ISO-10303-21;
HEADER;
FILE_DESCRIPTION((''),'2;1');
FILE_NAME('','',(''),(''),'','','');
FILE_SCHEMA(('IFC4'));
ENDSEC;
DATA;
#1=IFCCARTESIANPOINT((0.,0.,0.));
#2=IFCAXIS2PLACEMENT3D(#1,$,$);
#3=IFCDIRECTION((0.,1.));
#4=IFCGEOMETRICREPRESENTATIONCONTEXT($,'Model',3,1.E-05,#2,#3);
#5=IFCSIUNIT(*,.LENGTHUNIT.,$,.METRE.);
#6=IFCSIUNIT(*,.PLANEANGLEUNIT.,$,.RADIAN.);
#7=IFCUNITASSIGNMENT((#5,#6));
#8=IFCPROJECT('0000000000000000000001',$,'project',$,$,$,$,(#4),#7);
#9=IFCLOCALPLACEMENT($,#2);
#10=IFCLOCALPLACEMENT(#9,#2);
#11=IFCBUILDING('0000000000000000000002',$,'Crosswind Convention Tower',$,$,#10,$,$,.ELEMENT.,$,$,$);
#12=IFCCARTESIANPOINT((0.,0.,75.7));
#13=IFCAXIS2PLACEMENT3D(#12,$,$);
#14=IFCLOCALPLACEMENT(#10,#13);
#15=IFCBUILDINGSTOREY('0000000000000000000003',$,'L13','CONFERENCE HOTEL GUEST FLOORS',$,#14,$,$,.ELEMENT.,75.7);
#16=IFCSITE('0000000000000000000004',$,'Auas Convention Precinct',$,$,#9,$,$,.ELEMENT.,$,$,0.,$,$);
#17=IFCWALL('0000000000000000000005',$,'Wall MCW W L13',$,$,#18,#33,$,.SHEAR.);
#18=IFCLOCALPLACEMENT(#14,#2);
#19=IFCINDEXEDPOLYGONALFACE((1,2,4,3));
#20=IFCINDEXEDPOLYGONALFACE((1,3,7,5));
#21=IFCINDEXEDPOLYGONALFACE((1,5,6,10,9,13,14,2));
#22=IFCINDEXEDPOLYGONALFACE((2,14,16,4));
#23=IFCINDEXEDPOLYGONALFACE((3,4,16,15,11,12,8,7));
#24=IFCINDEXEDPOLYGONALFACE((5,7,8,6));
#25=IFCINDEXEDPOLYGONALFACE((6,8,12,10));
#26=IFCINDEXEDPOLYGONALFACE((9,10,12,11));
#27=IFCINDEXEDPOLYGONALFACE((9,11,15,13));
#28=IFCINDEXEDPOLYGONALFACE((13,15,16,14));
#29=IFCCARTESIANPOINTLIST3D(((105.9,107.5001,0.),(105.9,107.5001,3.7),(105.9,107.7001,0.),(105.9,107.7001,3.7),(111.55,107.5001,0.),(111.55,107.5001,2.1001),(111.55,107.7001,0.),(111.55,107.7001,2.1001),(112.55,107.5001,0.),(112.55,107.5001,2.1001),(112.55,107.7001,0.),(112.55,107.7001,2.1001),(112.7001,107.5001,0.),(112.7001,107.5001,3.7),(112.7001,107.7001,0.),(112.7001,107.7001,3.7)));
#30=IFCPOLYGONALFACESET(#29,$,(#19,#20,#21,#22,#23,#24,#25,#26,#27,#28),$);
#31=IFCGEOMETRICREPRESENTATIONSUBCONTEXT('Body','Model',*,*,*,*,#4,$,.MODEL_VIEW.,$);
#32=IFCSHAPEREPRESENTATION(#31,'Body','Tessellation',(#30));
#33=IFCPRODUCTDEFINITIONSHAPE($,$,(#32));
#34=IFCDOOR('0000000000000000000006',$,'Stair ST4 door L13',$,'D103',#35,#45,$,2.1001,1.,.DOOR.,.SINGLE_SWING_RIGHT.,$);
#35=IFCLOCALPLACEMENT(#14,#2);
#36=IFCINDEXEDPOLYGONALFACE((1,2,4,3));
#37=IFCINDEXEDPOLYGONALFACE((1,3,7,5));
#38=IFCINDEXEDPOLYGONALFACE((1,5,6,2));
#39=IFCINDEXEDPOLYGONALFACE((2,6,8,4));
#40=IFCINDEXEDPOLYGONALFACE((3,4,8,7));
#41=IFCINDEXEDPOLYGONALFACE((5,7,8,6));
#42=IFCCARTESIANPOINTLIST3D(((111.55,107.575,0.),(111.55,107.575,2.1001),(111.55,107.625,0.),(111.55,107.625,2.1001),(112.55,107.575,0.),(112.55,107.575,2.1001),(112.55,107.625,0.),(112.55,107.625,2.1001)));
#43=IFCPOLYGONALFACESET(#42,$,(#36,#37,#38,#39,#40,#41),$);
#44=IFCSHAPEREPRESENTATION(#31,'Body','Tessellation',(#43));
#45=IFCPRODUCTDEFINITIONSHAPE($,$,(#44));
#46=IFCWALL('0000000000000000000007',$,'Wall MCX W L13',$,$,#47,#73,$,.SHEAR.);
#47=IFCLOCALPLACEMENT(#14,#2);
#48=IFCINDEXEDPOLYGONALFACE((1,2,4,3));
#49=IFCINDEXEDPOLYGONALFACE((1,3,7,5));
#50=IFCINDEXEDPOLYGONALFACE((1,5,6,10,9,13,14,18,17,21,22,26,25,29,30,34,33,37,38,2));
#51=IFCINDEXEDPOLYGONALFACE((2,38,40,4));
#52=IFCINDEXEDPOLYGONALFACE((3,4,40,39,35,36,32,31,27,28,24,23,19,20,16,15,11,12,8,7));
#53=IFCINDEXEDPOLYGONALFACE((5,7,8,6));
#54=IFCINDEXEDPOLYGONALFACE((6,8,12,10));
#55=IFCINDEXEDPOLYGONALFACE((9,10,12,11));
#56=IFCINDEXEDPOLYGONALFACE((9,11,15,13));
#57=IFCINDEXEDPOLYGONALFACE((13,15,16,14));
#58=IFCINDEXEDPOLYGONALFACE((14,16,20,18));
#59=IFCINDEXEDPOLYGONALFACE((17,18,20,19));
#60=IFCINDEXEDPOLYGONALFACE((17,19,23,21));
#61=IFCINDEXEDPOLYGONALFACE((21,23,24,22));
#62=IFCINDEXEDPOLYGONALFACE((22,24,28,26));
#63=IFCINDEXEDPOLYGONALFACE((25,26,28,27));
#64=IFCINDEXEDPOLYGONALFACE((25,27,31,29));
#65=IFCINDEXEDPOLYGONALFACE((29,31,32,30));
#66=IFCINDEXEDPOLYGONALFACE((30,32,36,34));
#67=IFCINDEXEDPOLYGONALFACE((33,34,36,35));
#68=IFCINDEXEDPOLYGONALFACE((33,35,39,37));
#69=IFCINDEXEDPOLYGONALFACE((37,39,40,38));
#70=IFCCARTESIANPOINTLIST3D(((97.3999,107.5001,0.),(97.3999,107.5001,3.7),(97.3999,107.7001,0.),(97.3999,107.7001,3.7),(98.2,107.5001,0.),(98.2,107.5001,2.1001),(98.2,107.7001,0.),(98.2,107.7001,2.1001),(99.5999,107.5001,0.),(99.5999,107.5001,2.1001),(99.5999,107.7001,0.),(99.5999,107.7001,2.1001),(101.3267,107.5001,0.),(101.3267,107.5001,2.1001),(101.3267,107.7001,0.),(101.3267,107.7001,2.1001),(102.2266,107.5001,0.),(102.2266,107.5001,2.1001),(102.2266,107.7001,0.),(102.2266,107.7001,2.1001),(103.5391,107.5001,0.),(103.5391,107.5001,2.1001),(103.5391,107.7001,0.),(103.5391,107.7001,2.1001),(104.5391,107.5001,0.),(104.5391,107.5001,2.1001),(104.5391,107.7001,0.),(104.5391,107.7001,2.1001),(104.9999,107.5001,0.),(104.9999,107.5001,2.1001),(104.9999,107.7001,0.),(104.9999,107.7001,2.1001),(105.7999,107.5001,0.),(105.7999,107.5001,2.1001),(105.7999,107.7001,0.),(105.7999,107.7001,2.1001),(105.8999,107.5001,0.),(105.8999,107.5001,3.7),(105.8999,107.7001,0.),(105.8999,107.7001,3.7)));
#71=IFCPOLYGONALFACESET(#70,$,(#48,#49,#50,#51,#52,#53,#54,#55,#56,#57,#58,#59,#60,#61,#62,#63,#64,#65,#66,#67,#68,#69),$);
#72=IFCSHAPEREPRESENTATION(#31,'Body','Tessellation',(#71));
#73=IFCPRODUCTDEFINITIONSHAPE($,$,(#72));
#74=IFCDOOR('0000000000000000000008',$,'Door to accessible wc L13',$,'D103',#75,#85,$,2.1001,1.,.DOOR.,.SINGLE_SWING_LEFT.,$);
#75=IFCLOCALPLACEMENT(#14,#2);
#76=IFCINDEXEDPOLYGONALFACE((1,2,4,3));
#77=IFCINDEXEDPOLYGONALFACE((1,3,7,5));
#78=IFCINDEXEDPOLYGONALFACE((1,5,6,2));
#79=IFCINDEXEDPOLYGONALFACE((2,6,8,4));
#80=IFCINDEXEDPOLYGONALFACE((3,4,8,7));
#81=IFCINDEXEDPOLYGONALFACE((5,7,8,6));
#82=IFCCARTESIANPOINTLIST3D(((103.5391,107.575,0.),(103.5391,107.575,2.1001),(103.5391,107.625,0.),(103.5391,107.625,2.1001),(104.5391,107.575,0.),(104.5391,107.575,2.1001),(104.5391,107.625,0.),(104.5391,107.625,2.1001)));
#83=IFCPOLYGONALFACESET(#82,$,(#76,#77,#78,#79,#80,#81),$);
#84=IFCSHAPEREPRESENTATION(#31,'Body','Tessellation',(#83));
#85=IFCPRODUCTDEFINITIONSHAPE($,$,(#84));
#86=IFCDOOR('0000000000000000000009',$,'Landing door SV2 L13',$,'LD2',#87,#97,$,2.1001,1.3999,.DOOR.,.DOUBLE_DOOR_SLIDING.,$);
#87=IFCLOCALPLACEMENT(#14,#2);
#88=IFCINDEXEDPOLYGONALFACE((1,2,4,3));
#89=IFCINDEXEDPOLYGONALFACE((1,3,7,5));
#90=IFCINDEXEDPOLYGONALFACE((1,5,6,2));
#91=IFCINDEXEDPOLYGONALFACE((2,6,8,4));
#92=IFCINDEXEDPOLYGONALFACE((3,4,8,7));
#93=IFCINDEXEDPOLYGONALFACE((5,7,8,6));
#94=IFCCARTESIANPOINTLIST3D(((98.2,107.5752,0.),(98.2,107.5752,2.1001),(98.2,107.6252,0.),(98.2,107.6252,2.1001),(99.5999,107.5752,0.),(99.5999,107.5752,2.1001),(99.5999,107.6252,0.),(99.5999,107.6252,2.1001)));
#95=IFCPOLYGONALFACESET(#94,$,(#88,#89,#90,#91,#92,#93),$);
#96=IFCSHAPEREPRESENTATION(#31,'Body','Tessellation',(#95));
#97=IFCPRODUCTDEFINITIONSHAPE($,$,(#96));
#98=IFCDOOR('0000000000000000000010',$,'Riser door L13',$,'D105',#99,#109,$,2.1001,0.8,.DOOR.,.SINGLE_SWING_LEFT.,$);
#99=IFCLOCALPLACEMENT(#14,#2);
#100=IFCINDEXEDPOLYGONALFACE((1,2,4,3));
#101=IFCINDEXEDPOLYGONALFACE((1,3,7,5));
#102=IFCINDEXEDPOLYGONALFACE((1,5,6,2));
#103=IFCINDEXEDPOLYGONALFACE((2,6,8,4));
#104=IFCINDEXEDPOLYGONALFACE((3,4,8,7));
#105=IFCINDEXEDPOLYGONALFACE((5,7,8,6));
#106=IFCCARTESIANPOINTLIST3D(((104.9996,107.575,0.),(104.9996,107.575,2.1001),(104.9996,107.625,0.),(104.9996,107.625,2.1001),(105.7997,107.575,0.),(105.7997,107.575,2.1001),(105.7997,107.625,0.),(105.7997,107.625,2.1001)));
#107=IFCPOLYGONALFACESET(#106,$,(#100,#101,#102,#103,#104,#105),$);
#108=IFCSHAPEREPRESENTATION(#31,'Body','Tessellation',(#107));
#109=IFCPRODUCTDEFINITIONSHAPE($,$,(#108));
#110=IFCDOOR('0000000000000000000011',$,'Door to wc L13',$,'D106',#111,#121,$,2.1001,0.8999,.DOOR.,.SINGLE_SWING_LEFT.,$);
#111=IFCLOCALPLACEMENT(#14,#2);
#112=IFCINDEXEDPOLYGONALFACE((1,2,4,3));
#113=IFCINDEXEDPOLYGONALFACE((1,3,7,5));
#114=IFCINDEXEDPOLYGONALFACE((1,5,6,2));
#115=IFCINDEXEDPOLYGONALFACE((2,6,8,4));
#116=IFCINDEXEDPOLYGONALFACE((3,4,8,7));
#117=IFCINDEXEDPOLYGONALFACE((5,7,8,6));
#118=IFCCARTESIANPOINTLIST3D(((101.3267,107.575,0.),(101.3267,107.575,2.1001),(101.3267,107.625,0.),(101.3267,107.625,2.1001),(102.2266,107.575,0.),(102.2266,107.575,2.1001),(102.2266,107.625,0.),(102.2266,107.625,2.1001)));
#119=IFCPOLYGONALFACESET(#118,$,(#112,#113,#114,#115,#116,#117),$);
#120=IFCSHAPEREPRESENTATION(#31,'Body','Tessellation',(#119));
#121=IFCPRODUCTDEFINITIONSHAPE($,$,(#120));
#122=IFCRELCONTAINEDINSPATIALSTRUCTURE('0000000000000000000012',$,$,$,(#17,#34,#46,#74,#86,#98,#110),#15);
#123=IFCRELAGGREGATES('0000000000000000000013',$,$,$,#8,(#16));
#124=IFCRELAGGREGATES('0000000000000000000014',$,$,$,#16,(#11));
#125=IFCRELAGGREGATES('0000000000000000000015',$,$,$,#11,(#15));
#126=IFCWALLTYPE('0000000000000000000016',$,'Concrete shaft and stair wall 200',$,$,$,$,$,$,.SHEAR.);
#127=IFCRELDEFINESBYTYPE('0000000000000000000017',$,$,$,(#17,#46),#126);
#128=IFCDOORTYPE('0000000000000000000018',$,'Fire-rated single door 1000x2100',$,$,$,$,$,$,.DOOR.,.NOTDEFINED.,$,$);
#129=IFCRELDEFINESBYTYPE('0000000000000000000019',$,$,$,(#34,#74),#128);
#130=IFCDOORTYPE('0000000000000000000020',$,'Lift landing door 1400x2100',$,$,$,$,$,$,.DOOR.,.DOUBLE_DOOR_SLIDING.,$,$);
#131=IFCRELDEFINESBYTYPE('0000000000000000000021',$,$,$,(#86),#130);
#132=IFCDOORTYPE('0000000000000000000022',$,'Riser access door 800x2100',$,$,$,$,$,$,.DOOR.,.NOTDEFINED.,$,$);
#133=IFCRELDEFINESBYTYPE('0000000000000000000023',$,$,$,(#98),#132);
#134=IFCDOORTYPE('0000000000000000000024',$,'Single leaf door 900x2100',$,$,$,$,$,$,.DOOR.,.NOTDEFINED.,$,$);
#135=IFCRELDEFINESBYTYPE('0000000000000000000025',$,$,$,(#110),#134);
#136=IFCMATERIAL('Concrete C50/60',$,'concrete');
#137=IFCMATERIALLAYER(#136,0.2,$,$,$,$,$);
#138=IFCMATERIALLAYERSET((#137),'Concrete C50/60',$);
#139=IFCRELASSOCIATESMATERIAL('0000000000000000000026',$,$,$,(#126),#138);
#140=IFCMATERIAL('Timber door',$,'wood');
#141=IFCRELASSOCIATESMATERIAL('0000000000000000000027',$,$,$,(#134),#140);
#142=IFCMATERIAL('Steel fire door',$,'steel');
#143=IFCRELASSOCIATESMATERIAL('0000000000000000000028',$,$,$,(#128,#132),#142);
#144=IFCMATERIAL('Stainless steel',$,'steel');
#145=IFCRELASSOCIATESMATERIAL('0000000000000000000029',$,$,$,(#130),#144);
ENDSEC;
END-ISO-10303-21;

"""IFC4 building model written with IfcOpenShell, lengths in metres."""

from ifc_helpers import new_model, si_unit, direction, frame, frame_2d, origin, place, context, subcontext, project, spatial, rectangle, extrude, material, layer, layer_set, type_object, element, fill, save


model = new_model("IFC4")

# Units and contexts
model_context = context("Model", 3, precision=1e-05, world=origin(), true_north=direction((0.0, 1.0)))
body_context = subcontext(model_context, "Body", "Model", "MODEL_VIEW")
ifc_project = project(units=[si_unit("LENGTHUNIT", "METRE"), si_unit("PLANEANGLEUNIT", "RADIAN")], contexts=[model_context])

# Site, building, storey
site_placement = place(None, origin())
site = spatial("IfcSite", under=ifc_project, at=site_placement, Name="Auas Convention Precinct", CompositionType="ELEMENT", RefElevation=0.0)
building_placement = place(site_placement, origin())
building = spatial("IfcBuilding", under=site, at=building_placement, Name="Crosswind Convention Tower", CompositionType="ELEMENT")
storey_placement = place(building_placement, frame((0.0, 0.0, 75.7)))
storey = spatial("IfcBuildingStorey", under=building, at=storey_placement, Name="L13", Description="CONFERENCE HOTEL GUEST FLOORS", CompositionType="ELEMENT", Elevation=75.7)

# Shared definitions
ifc_material_1 = material(Name="Concrete C50/60", Category="concrete")
ifc_layer_1 = layer(ifc_material_1, 0.2)
ifc_layer_set_1 = layer_set([ifc_layer_1], Name="Concrete C50/60")
wall_type_1 = type_object("IfcWallType", Name="Concrete shaft and stair wall 200", PredefinedType="SHEAR", material=ifc_layer_set_1)
ifc_material_2 = material(Name="Timber door", Category="wood")
door_type_1 = type_object("IfcDoorType", Name="Single leaf door 900x2100", OperationType="NOTDEFINED", PredefinedType="DOOR", material=ifc_material_2)

# Wall, opening, door
ifc_material_3 = material(Name="Steel fire door", Category="steel")
wall_1_placement = place(storey_placement, frame((112.7, 107.6001, 0.0), z_axis=(0.0, 0.0, 1.0), x_axis=(-1.0, 0.0, 0.0)))
wall_1 = element("IfcWall", 1, at=wall_1_placement, inside=storey, type_object=wall_type_1, Name="Wall MCW W L13", PredefinedType="SHEAR", context=body_context, shape_type="SweptSolid", body=[
    extrude(rectangle(XDim=6.8, YDim=0.2, at=frame_2d((3.3999, 0.0))), origin(), (0.0, 0.0, 1.0), 3.7),
])
opening_1_placement = place(wall_1_placement, frame((0.1499, 0.0, 0.0)))
opening_1 = element("IfcOpeningElement", 2, at=opening_1_placement, cuts=wall_1, PredefinedType="OPENING", context=body_context, shape_type="SweptSolid", body=[
    extrude(rectangle(XDim=1.0, YDim=2.1001, at=frame_2d((0.5, 1.05))), frame((0.0, 0.1099, 0.0), z_axis=(0.0, -1.0, 0.0), x_axis=(1.0, 0.0, 0.0)), (0.0, 0.0, 1.0), 0.22),
])
door_type_2 = type_object("IfcDoorType", Name="Fire-rated single door 1000x2100", OperationType="NOTDEFINED", PredefinedType="DOOR", material=ifc_material_3)
door_1_placement = place(opening_1_placement, frame((1.0, 0.0, 0.0), z_axis=(0.0, 0.0, 1.0), x_axis=(-1.0, 0.0, 0.0)))
door_1 = element("IfcDoor", 3, at=door_1_placement, inside=storey, type_object=door_type_2, Name="Stair ST4 door L13", ObjectType="D103", OperationType="SINGLE_SWING_RIGHT", OverallHeight=2.1001, OverallWidth=1.0, PredefinedType="DOOR", context=body_context, shape_type="SweptSolid", body=[
    extrude(rectangle(XDim=1.0, YDim=2.1001, at=frame_2d((0.5, 1.05))), frame((0.0, 0.0249, 0.0), z_axis=(0.0, -1.0, 0.0), x_axis=(1.0, 0.0, 0.0)), (0.0, 0.0, 1.0), 0.05),
])
fill(opening_1, door_1)

# Wall, openings, doors
wall_2_placement = place(storey_placement, frame((105.8999, 107.6001, 0.0), z_axis=(0.0, 0.0, 1.0), x_axis=(-1.0, 0.0, 0.0)))
wall_2 = element("IfcWall", 4, at=wall_2_placement, inside=storey, type_object=wall_type_1, Name="Wall MCX W L13", PredefinedType="SHEAR", context=body_context, shape_type="SweptSolid", body=[
    extrude(rectangle(XDim=8.5, YDim=0.2, at=frame_2d((4.25, 0.0))), origin(), (0.0, 0.0, 1.0), 3.7),
])
opening_2_placement = place(wall_2_placement, frame((0.1001, 0.0, 0.0)))
opening_2 = element("IfcOpeningElement", 5, at=opening_2_placement, cuts=wall_2, PredefinedType="OPENING", context=body_context, shape_type="SweptSolid", body=[
    extrude(rectangle(XDim=0.8, YDim=2.1001, at=frame_2d((0.3999, 1.05))), frame((0.0, 0.1099, 0.0), z_axis=(0.0, -1.0, 0.0), x_axis=(1.0, 0.0, 0.0)), (0.0, 0.0, 1.0), 0.22),
])
opening_3_placement = place(wall_2_placement, frame((1.3608, 0.0, 0.0)))
opening_3 = element("IfcOpeningElement", 6, at=opening_3_placement, cuts=wall_2, PredefinedType="OPENING", context=body_context, shape_type="SweptSolid", body=[
    extrude(rectangle(XDim=1.0, YDim=2.1001, at=frame_2d((0.5, 1.05))), frame((0.0, 0.1099, 0.0), z_axis=(0.0, -1.0, 0.0), x_axis=(1.0, 0.0, 0.0)), (0.0, 0.0, 1.0), 0.22),
])
opening_4_placement = place(wall_2_placement, frame((3.6733, 0.0, 0.0)))
opening_4 = element("IfcOpeningElement", 7, at=opening_4_placement, cuts=wall_2, PredefinedType="OPENING", context=body_context, shape_type="SweptSolid", body=[
    extrude(rectangle(XDim=0.8999, YDim=2.1001, at=frame_2d((0.45, 1.05))), frame((0.0, 0.1099, 0.0), z_axis=(0.0, -1.0, 0.0), x_axis=(1.0, 0.0, 0.0)), (0.0, 0.0, 1.0), 0.22),
])
opening_5_placement = place(wall_2_placement, frame((6.3, 0.0, 0.0)))
opening_5 = element("IfcOpeningElement", 8, at=opening_5_placement, cuts=wall_2, PredefinedType="OPENING", context=body_context, shape_type="SweptSolid", body=[
    extrude(rectangle(XDim=1.3999, YDim=2.1001, at=frame_2d((0.7, 1.05))), frame((0.0, 0.1099, 0.0), z_axis=(0.0, -1.0, 0.0), x_axis=(1.0, 0.0, 0.0)), (0.0, 0.0, 1.0), 0.22),
])
door_2_placement = place(opening_3_placement, frame((1.0, 0.0, 0.0), z_axis=(0.0, 0.0, 1.0), x_axis=(-1.0, 0.0, 0.0)))
door_2 = element("IfcDoor", 9, at=door_2_placement, inside=storey, type_object=door_type_2, Name="Door to accessible wc L13", ObjectType="D103", OperationType="SINGLE_SWING_LEFT", OverallHeight=2.1001, OverallWidth=1.0, PredefinedType="DOOR", context=body_context, shape_type="SweptSolid", body=[
    extrude(rectangle(XDim=1.0, YDim=2.1001, at=frame_2d((0.5, 1.05))), frame((0.0, 0.0249, 0.0), z_axis=(0.0, -1.0, 0.0), x_axis=(1.0, 0.0, 0.0)), (0.0, 0.0, 1.0), 0.05),
])
fill(opening_3, door_2)
ifc_material_4 = material(Name="Stainless steel", Category="steel")
door_type_3 = type_object("IfcDoorType", Name="Lift landing door 1400x2100", OperationType="DOUBLE_DOOR_SLIDING", PredefinedType="DOOR", material=ifc_material_4)
door_3_placement = place(opening_5_placement, origin())
door_3 = element("IfcDoor", 10, at=door_3_placement, inside=storey, type_object=door_type_3, Name="Landing door SV2 L13", ObjectType="LD2", OperationType="DOUBLE_DOOR_SLIDING", OverallHeight=2.1001, OverallWidth=1.3999, PredefinedType="DOOR", context=body_context, shape_type="SweptSolid", body=[
    extrude(rectangle(XDim=1.3999, YDim=2.1001, at=frame_2d((0.7, 1.05))), frame((0.0, 0.0249, 0.0), z_axis=(0.0, -1.0, 0.0), x_axis=(1.0, 0.0, 0.0)), (0.0, 0.0, 1.0), 0.05),
])
fill(opening_5, door_3)
door_type_4 = type_object("IfcDoorType", Name="Riser access door 800x2100", OperationType="NOTDEFINED", PredefinedType="DOOR", material=ifc_material_3)
door_4_placement = place(opening_2_placement, frame((0.8, 0.0, 0.0), z_axis=(0.0, 0.0, 1.0), x_axis=(-1.0, 0.0, 0.0)))
door_4 = element("IfcDoor", 11, at=door_4_placement, inside=storey, type_object=door_type_4, Name="Riser door L13", ObjectType="D105", OperationType="SINGLE_SWING_LEFT", OverallHeight=2.1001, OverallWidth=0.8, PredefinedType="DOOR", context=body_context, shape_type="SweptSolid", body=[
    extrude(rectangle(XDim=0.8, YDim=2.1001, at=frame_2d((0.3999, 1.05))), frame((0.0, 0.0249, 0.0), z_axis=(0.0, -1.0, 0.0), x_axis=(1.0, 0.0, 0.0)), (0.0, 0.0, 1.0), 0.05),
])
fill(opening_2, door_4)
door_5_placement = place(opening_4_placement, frame((0.8999, 0.0, 0.0), z_axis=(0.0, 0.0, 1.0), x_axis=(-1.0, 0.0, 0.0)))
door_5 = element("IfcDoor", 12, at=door_5_placement, inside=storey, type_object=door_type_1, Name="Door to wc L13", ObjectType="D106", OperationType="SINGLE_SWING_LEFT", OverallHeight=2.1001, OverallWidth=0.8999, PredefinedType="DOOR", context=body_context, shape_type="SweptSolid", body=[
    extrude(rectangle(XDim=0.8999, YDim=2.1001, at=frame_2d((0.45, 1.05))), frame((0.0, 0.0249, 0.0), z_axis=(0.0, -1.0, 0.0), x_axis=(1.0, 0.0, 0.0)), (0.0, 0.0, 1.0), 0.05),
])
fill(opening_4, door_5)

save(model, "model.ifc")
